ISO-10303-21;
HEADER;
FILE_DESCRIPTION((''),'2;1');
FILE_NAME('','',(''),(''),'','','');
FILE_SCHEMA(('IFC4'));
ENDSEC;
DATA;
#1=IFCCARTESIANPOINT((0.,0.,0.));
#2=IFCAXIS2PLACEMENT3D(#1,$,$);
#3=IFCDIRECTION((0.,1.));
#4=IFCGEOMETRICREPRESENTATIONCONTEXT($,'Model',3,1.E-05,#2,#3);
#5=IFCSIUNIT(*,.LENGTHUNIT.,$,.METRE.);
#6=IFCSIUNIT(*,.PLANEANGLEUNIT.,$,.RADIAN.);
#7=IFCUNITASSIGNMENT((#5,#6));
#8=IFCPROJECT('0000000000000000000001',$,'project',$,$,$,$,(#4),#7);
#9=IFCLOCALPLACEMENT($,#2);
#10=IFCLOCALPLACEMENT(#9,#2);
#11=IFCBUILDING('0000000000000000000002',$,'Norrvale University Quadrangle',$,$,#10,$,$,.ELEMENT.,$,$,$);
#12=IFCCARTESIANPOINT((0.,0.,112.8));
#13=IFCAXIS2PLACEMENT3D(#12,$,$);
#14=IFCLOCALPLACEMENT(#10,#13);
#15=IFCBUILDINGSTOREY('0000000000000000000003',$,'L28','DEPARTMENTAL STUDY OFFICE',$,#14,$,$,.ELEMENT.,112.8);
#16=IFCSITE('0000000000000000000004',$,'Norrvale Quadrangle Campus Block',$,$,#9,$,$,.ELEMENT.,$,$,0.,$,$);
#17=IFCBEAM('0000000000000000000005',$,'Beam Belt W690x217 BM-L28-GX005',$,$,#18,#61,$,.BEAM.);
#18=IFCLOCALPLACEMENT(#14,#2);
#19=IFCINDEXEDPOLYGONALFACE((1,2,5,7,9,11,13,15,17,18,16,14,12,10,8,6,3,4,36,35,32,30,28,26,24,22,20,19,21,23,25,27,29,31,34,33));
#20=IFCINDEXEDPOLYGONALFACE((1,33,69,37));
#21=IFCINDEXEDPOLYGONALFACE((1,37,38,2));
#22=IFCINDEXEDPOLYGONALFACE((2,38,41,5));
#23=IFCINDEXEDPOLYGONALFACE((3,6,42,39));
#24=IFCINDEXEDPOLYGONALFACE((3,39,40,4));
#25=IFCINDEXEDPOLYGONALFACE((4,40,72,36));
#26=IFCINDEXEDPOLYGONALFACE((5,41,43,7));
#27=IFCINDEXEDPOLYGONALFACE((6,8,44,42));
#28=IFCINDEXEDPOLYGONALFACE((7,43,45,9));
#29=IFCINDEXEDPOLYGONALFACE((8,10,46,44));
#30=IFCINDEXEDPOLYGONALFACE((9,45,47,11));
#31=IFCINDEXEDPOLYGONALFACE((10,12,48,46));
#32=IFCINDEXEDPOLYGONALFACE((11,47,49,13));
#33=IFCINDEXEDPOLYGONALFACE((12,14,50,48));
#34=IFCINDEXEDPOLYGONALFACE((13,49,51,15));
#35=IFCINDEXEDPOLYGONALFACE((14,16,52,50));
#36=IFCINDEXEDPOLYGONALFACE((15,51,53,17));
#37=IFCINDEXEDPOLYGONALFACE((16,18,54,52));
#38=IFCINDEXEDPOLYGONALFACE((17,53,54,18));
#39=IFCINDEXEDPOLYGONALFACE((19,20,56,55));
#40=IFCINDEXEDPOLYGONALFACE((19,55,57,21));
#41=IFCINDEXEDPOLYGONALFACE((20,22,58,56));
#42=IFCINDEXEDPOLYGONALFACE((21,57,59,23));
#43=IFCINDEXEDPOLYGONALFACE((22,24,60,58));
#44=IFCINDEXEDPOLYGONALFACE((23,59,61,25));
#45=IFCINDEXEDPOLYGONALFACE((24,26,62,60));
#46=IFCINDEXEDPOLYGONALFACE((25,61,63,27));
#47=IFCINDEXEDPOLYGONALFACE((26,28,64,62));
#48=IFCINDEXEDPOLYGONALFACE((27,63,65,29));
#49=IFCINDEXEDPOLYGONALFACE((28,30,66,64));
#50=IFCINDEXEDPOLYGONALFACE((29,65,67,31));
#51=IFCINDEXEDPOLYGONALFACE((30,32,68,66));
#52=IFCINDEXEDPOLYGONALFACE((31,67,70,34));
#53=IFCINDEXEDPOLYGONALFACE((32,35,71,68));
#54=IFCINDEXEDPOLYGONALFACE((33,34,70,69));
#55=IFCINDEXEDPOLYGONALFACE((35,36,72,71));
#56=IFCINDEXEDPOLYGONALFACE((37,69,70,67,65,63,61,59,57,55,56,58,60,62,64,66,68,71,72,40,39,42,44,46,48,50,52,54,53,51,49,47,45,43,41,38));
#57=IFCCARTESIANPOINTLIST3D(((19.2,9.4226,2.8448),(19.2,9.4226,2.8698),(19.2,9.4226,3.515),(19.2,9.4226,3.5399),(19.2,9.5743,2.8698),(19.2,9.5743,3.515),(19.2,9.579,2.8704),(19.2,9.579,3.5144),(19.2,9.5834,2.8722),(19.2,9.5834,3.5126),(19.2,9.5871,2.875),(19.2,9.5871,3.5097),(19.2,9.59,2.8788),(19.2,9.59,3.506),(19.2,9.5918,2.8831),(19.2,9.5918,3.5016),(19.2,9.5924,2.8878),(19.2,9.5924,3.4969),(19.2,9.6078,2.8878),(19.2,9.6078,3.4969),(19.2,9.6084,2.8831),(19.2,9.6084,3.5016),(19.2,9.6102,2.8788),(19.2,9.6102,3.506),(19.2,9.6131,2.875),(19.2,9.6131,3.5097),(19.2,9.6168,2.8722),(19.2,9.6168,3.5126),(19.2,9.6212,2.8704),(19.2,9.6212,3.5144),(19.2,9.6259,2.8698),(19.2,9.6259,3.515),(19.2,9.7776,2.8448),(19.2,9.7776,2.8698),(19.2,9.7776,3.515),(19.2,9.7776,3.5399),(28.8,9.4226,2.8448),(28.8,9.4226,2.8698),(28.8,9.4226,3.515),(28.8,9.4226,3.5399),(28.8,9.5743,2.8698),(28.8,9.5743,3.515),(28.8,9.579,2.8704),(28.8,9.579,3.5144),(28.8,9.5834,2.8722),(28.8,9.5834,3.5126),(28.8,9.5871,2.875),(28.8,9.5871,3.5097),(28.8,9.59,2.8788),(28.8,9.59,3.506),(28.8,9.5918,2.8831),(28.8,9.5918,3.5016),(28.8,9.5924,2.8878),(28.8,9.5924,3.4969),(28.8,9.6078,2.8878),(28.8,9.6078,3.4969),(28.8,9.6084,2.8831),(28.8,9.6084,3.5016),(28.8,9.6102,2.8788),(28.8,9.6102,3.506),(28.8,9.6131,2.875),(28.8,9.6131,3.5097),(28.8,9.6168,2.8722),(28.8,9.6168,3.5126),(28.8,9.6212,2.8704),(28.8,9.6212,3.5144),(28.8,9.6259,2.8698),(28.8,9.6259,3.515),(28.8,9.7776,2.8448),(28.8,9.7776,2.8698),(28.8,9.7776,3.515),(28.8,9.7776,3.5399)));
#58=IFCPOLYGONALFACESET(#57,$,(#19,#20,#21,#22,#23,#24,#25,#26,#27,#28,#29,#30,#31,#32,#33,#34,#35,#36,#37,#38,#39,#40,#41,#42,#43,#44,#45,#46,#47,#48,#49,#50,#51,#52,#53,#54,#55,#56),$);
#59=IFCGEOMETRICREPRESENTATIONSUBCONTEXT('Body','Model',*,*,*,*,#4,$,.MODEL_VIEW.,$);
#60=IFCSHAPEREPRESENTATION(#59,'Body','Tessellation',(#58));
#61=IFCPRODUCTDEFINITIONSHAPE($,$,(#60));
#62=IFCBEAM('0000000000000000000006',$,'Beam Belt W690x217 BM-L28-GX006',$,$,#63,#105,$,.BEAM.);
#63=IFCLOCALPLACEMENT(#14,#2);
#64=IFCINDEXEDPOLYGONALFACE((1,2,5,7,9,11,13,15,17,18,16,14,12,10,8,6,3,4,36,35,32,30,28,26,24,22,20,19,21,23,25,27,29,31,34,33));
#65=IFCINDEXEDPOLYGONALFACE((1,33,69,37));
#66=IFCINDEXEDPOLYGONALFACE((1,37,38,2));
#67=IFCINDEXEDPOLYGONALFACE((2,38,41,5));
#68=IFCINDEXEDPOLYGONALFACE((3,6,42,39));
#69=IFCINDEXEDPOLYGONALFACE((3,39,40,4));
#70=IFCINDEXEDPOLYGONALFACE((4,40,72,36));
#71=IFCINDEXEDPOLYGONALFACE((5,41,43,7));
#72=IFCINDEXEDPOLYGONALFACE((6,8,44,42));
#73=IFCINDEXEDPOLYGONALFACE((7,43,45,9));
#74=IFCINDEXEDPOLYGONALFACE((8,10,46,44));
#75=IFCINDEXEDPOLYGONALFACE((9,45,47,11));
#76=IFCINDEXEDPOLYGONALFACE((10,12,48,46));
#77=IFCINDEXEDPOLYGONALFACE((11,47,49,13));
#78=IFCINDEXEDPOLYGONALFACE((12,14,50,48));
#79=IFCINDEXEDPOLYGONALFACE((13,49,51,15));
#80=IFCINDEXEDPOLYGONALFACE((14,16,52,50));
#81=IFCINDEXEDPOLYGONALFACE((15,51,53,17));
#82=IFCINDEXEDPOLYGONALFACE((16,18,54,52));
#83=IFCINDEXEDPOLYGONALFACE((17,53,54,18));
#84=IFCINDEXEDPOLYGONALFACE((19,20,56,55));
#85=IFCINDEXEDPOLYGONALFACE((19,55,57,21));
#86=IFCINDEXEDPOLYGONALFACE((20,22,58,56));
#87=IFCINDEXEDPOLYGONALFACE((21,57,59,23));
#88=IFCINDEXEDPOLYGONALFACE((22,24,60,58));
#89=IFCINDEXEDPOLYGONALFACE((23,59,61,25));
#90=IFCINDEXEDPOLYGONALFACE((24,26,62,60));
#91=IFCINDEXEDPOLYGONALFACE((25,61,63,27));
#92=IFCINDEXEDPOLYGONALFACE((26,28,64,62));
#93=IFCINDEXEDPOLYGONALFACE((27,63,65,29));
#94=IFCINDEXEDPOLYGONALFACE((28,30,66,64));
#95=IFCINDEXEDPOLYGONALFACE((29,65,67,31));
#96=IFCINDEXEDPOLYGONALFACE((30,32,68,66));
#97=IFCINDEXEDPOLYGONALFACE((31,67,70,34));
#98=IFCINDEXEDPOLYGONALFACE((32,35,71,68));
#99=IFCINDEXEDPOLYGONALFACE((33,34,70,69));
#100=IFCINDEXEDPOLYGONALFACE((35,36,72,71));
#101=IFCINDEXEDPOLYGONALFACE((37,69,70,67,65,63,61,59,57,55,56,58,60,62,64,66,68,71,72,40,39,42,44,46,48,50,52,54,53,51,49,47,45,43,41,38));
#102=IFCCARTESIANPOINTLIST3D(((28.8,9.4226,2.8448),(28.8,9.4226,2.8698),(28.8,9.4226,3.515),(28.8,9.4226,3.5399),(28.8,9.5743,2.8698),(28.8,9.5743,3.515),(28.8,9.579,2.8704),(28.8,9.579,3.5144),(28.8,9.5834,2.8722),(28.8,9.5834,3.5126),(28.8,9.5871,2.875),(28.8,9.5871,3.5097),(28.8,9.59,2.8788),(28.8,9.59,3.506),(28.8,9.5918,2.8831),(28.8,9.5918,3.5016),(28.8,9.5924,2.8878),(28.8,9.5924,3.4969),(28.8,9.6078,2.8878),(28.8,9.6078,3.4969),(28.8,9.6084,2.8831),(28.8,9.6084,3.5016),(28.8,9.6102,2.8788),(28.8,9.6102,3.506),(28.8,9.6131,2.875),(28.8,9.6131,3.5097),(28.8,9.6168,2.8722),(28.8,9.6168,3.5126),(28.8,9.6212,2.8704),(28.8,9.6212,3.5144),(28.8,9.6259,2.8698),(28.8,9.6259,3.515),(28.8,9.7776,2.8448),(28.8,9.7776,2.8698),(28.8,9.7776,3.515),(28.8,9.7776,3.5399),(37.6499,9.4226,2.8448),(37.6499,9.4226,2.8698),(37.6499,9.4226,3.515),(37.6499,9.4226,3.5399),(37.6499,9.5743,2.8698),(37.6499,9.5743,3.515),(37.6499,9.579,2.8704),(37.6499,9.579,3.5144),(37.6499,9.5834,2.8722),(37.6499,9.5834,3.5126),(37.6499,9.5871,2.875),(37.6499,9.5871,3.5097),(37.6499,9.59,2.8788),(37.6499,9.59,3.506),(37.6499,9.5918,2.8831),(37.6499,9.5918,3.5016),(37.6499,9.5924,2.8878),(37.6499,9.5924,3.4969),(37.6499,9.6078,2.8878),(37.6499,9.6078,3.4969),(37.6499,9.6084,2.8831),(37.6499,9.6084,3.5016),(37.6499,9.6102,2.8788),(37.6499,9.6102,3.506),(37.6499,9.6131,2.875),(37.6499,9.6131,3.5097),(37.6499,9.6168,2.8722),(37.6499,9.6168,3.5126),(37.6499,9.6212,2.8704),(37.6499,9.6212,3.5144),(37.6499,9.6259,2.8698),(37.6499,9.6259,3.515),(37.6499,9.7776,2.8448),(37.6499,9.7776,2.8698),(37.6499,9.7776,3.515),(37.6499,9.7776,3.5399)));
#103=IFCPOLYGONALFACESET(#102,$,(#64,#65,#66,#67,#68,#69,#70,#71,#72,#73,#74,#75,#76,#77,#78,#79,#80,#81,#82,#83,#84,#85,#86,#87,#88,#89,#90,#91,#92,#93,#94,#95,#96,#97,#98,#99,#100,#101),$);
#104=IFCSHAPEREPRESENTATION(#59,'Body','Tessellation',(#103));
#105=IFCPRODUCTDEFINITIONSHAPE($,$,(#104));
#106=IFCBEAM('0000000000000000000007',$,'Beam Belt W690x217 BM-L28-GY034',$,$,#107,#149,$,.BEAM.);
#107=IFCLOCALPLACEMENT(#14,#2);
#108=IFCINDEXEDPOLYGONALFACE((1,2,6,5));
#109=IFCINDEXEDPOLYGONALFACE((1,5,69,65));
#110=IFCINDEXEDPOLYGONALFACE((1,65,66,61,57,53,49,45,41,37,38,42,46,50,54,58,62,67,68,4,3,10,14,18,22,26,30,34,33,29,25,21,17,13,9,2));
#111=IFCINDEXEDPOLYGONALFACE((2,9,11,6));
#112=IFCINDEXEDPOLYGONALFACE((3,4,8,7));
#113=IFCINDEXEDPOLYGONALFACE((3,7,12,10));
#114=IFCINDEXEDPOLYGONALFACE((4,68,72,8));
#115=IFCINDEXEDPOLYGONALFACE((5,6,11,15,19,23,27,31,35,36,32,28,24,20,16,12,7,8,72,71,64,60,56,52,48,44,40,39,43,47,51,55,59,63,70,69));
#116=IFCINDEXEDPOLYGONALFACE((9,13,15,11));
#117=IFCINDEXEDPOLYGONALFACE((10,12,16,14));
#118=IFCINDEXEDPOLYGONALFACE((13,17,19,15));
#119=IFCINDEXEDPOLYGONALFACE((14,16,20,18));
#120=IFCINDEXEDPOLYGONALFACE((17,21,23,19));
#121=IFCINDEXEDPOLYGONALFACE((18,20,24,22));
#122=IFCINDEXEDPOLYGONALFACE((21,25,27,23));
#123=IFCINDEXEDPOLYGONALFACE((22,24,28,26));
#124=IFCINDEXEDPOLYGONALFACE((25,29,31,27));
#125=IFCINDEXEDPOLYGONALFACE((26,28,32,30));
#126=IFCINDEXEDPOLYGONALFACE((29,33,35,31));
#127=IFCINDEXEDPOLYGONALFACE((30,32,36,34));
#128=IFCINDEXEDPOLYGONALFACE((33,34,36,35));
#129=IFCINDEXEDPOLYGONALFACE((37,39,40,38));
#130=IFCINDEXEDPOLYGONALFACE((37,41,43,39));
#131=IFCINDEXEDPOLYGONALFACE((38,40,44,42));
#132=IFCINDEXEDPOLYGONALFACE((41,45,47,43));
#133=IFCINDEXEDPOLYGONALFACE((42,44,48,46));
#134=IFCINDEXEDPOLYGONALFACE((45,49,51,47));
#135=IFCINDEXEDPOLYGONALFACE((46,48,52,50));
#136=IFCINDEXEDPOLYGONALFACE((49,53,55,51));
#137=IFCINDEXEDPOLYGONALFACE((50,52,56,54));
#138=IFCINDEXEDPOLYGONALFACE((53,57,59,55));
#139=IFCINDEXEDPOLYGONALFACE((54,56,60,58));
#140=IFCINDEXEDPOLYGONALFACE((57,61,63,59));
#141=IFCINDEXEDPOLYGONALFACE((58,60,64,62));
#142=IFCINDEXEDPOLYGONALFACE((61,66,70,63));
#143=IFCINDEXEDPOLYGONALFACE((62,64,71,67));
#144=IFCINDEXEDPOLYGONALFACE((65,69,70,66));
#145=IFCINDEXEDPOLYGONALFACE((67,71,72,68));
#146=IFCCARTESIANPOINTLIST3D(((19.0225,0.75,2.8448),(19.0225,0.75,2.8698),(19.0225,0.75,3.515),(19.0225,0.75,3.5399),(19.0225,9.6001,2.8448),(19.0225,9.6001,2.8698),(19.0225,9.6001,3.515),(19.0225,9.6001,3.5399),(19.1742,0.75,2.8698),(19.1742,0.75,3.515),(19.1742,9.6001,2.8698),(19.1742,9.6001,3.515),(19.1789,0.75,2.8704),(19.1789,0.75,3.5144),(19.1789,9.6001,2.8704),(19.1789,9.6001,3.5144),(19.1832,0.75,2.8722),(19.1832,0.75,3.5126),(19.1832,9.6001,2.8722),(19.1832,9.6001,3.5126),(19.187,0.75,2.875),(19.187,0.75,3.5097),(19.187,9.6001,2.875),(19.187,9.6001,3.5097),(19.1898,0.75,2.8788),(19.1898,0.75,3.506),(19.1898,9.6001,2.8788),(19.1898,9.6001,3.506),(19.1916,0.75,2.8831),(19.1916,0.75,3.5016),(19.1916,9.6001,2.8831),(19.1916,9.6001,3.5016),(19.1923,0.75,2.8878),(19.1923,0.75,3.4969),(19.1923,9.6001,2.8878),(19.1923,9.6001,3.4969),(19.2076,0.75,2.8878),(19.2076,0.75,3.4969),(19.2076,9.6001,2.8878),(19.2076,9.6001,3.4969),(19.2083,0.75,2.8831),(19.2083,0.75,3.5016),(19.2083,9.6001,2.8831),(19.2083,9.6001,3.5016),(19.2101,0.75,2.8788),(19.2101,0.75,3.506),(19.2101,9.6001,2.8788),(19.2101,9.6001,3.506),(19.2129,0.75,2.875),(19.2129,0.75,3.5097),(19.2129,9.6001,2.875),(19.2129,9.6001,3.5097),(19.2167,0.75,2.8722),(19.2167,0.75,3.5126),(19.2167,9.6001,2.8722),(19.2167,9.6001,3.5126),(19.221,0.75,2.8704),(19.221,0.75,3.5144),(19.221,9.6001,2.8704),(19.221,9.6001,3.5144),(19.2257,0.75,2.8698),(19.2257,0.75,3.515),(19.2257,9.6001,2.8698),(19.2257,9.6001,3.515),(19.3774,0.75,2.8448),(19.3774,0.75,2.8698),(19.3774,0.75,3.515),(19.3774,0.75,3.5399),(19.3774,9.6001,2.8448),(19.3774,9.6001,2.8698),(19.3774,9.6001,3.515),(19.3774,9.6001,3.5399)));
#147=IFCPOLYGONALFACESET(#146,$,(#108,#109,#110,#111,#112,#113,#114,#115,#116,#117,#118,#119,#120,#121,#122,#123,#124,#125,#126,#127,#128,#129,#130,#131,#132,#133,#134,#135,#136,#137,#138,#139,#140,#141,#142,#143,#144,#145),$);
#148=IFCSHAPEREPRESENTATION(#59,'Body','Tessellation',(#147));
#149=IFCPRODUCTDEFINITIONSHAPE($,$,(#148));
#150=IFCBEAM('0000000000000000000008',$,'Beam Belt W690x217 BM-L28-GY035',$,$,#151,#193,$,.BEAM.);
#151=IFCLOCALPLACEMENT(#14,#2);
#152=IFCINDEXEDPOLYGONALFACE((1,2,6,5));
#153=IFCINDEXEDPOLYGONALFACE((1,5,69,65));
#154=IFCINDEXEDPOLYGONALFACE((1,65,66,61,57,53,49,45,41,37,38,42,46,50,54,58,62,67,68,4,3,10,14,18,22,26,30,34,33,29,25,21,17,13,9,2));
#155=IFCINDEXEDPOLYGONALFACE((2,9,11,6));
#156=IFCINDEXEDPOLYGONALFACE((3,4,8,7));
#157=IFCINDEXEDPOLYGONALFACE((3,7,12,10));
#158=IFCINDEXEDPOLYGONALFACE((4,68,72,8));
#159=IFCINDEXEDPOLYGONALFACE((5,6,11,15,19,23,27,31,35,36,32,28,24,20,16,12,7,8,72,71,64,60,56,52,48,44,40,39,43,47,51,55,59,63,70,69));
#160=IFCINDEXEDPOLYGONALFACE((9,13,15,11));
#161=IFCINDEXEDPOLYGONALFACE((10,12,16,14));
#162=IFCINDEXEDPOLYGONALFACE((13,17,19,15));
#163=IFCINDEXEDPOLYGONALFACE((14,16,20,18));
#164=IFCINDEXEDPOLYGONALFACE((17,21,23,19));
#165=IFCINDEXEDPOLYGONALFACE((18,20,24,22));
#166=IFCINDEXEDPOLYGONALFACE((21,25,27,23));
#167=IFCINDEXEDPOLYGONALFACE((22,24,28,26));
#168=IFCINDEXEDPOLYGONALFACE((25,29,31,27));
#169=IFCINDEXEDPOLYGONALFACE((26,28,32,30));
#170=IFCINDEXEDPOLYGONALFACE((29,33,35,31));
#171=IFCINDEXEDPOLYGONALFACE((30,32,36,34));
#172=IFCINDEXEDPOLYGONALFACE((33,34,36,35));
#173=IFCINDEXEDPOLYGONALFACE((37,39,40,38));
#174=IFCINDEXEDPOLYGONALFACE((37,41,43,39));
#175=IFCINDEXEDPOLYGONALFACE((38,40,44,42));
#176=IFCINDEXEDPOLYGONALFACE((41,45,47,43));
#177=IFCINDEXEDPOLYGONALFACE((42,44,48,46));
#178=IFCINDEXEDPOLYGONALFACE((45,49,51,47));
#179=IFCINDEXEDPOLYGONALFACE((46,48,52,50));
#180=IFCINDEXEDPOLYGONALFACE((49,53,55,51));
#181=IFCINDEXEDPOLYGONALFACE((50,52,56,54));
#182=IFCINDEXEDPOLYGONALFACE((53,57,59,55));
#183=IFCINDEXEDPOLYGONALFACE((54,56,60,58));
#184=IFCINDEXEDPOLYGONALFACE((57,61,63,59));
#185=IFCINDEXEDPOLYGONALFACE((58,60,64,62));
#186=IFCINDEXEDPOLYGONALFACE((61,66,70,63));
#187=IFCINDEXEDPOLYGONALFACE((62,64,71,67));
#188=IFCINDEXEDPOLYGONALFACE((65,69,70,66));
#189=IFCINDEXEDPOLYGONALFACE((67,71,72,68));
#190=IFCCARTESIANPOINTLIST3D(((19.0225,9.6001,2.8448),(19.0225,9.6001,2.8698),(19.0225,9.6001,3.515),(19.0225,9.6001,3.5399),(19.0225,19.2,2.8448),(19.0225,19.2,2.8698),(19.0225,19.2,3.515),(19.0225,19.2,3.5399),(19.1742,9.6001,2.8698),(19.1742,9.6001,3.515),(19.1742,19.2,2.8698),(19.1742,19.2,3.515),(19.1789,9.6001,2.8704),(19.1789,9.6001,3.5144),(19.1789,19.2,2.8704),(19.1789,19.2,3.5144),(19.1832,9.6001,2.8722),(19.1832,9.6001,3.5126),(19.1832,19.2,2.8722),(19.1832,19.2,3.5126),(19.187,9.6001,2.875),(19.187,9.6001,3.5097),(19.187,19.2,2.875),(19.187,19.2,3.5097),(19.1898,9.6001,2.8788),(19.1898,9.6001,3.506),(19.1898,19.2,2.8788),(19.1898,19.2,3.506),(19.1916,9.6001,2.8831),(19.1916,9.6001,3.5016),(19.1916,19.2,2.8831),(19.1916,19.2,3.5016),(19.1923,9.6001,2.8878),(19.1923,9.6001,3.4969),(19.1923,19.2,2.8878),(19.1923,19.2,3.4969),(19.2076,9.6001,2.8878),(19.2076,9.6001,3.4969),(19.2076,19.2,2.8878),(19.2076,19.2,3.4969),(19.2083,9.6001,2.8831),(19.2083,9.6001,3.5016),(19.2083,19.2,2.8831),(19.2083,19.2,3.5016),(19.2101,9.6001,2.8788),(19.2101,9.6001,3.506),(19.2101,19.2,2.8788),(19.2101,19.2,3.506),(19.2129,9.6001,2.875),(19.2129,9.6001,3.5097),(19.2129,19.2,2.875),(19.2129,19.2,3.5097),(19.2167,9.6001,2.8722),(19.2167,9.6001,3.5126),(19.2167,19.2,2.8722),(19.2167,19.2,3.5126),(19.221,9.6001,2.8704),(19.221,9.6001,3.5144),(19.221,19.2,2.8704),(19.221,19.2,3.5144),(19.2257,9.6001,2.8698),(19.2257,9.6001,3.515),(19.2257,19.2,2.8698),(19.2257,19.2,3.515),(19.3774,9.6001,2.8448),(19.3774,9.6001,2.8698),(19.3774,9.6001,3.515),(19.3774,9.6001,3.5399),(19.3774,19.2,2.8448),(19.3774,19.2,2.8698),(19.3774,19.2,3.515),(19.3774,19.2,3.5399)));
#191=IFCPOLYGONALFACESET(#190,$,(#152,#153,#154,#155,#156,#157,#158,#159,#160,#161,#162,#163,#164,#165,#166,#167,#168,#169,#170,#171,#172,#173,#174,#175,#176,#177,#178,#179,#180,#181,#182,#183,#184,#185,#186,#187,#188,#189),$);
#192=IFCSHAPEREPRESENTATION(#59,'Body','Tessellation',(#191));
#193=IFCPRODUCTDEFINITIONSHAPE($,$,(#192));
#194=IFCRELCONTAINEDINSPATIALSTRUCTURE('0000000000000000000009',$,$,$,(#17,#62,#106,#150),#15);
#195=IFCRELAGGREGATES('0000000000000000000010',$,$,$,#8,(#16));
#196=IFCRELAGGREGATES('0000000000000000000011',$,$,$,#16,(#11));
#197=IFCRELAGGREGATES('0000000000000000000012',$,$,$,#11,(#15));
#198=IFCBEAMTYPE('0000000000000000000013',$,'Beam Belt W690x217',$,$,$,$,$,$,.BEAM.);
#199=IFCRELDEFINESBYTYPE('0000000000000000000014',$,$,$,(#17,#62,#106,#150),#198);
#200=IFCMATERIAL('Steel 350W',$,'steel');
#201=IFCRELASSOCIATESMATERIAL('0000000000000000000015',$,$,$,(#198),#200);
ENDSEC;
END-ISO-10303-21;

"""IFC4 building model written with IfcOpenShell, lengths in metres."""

from ifc_helpers import new_model, si_unit, direction, frame, origin, origin_2d, place, context, subcontext, project, spatial, i_section, extrude, material, material_profile, profile_set, type_object, element, save


model = new_model("IFC4")

# Units and contexts
model_context = context("Model", 3, precision=1e-05, world=origin(), true_north=direction((0.0, 1.0)))
body_context = subcontext(model_context, "Body", "Model", "MODEL_VIEW")
ifc_project = project(units=[si_unit("LENGTHUNIT", "METRE"), si_unit("PLANEANGLEUNIT", "RADIAN")], contexts=[model_context])

# Site, building, storey
site_placement = place(None, origin())
site = spatial("IfcSite", under=ifc_project, at=site_placement, Name="Norrvale Quadrangle Campus Block", CompositionType="ELEMENT", RefElevation=0.0)
building_placement = place(site_placement, origin())
building = spatial("IfcBuilding", under=site, at=building_placement, Name="Norrvale University Quadrangle", CompositionType="ELEMENT")
storey_placement = place(building_placement, frame((0.0, 0.0, 112.8)))
storey = spatial("IfcBuildingStorey", under=building, at=storey_placement, Name="L28", Description="DEPARTMENTAL STUDY OFFICE", CompositionType="ELEMENT", Elevation=112.8)

# Beams
ifc_material_1 = material(Name="Steel 350W", Category="steel")
ifc_material_profile_1 = material_profile(ifc_material_1, i_section(OverallWidth=0.355, OverallDepth=0.6951, WebThickness=0.0154, FlangeThickness=0.0249, FilletRadius=0.0181, at=origin_2d()), Name="Steel 350W")
ifc_profile_set_1 = profile_set([ifc_material_profile_1], Name="Steel 350W")
beam_type_1 = type_object("IfcBeamType", Name="Beam Belt W690x217", PredefinedType="BEAM", material=ifc_profile_set_1)
beam_1_placement = place(storey_placement, frame((19.2, 9.6001, 3.1924), z_axis=(1.0, 0.0, 0.0), x_axis=(0.0, 1.0, 0.0)))
element("IfcBeam", 1, at=beam_1_placement, inside=storey, type_object=beam_type_1, Name="Beam Belt W690x217 BM-L28-GX005", PredefinedType="BEAM", context=body_context, shape_type="SweptSolid", body=[
    extrude(i_section(OverallWidth=0.355, OverallDepth=0.6951, WebThickness=0.0154, FlangeThickness=0.0249, FilletRadius=0.0181, at=origin_2d()), origin(), (0.0, 0.0, 1.0), 9.6001),
])
beam_2_placement = place(storey_placement, frame((28.8, 9.6001, 3.1924), z_axis=(1.0, 0.0, 0.0), x_axis=(0.0, 1.0, 0.0)))
element("IfcBeam", 2, at=beam_2_placement, inside=storey, type_object=beam_type_1, Name="Beam Belt W690x217 BM-L28-GX006", PredefinedType="BEAM", context=body_context, shape_type="SweptSolid", body=[
    extrude(i_section(OverallWidth=0.355, OverallDepth=0.6951, WebThickness=0.0154, FlangeThickness=0.0249, FilletRadius=0.0181, at=origin_2d()), origin(), (0.0, 0.0, 1.0), 8.8499),
])
beam_3_placement = place(storey_placement, frame((19.2, 0.75, 3.1924), z_axis=(0.0, 1.0, 0.0), x_axis=(-1.0, 0.0, 0.0)))
element("IfcBeam", 3, at=beam_3_placement, inside=storey, type_object=beam_type_1, Name="Beam Belt W690x217 BM-L28-GY034", PredefinedType="BEAM", context=body_context, shape_type="SweptSolid", body=[
    extrude(i_section(OverallWidth=0.355, OverallDepth=0.6951, WebThickness=0.0154, FlangeThickness=0.0249, FilletRadius=0.0181, at=origin_2d()), origin(), (0.0, 0.0, 1.0), 8.8501),
])
beam_4_placement = place(storey_placement, frame((19.2, 9.6001, 3.1924), z_axis=(0.0, 1.0, 0.0), x_axis=(-1.0, 0.0, 0.0)))
element("IfcBeam", 4, at=beam_4_placement, inside=storey, type_object=beam_type_1, Name="Beam Belt W690x217 BM-L28-GY035", PredefinedType="BEAM", context=body_context, shape_type="SweptSolid", body=[
    extrude(i_section(OverallWidth=0.355, OverallDepth=0.6951, WebThickness=0.0154, FlangeThickness=0.0249, FilletRadius=0.0181, at=origin_2d()), origin(), (0.0, 0.0, 1.0), 9.5999),
])

save(model, "model.ifc")
